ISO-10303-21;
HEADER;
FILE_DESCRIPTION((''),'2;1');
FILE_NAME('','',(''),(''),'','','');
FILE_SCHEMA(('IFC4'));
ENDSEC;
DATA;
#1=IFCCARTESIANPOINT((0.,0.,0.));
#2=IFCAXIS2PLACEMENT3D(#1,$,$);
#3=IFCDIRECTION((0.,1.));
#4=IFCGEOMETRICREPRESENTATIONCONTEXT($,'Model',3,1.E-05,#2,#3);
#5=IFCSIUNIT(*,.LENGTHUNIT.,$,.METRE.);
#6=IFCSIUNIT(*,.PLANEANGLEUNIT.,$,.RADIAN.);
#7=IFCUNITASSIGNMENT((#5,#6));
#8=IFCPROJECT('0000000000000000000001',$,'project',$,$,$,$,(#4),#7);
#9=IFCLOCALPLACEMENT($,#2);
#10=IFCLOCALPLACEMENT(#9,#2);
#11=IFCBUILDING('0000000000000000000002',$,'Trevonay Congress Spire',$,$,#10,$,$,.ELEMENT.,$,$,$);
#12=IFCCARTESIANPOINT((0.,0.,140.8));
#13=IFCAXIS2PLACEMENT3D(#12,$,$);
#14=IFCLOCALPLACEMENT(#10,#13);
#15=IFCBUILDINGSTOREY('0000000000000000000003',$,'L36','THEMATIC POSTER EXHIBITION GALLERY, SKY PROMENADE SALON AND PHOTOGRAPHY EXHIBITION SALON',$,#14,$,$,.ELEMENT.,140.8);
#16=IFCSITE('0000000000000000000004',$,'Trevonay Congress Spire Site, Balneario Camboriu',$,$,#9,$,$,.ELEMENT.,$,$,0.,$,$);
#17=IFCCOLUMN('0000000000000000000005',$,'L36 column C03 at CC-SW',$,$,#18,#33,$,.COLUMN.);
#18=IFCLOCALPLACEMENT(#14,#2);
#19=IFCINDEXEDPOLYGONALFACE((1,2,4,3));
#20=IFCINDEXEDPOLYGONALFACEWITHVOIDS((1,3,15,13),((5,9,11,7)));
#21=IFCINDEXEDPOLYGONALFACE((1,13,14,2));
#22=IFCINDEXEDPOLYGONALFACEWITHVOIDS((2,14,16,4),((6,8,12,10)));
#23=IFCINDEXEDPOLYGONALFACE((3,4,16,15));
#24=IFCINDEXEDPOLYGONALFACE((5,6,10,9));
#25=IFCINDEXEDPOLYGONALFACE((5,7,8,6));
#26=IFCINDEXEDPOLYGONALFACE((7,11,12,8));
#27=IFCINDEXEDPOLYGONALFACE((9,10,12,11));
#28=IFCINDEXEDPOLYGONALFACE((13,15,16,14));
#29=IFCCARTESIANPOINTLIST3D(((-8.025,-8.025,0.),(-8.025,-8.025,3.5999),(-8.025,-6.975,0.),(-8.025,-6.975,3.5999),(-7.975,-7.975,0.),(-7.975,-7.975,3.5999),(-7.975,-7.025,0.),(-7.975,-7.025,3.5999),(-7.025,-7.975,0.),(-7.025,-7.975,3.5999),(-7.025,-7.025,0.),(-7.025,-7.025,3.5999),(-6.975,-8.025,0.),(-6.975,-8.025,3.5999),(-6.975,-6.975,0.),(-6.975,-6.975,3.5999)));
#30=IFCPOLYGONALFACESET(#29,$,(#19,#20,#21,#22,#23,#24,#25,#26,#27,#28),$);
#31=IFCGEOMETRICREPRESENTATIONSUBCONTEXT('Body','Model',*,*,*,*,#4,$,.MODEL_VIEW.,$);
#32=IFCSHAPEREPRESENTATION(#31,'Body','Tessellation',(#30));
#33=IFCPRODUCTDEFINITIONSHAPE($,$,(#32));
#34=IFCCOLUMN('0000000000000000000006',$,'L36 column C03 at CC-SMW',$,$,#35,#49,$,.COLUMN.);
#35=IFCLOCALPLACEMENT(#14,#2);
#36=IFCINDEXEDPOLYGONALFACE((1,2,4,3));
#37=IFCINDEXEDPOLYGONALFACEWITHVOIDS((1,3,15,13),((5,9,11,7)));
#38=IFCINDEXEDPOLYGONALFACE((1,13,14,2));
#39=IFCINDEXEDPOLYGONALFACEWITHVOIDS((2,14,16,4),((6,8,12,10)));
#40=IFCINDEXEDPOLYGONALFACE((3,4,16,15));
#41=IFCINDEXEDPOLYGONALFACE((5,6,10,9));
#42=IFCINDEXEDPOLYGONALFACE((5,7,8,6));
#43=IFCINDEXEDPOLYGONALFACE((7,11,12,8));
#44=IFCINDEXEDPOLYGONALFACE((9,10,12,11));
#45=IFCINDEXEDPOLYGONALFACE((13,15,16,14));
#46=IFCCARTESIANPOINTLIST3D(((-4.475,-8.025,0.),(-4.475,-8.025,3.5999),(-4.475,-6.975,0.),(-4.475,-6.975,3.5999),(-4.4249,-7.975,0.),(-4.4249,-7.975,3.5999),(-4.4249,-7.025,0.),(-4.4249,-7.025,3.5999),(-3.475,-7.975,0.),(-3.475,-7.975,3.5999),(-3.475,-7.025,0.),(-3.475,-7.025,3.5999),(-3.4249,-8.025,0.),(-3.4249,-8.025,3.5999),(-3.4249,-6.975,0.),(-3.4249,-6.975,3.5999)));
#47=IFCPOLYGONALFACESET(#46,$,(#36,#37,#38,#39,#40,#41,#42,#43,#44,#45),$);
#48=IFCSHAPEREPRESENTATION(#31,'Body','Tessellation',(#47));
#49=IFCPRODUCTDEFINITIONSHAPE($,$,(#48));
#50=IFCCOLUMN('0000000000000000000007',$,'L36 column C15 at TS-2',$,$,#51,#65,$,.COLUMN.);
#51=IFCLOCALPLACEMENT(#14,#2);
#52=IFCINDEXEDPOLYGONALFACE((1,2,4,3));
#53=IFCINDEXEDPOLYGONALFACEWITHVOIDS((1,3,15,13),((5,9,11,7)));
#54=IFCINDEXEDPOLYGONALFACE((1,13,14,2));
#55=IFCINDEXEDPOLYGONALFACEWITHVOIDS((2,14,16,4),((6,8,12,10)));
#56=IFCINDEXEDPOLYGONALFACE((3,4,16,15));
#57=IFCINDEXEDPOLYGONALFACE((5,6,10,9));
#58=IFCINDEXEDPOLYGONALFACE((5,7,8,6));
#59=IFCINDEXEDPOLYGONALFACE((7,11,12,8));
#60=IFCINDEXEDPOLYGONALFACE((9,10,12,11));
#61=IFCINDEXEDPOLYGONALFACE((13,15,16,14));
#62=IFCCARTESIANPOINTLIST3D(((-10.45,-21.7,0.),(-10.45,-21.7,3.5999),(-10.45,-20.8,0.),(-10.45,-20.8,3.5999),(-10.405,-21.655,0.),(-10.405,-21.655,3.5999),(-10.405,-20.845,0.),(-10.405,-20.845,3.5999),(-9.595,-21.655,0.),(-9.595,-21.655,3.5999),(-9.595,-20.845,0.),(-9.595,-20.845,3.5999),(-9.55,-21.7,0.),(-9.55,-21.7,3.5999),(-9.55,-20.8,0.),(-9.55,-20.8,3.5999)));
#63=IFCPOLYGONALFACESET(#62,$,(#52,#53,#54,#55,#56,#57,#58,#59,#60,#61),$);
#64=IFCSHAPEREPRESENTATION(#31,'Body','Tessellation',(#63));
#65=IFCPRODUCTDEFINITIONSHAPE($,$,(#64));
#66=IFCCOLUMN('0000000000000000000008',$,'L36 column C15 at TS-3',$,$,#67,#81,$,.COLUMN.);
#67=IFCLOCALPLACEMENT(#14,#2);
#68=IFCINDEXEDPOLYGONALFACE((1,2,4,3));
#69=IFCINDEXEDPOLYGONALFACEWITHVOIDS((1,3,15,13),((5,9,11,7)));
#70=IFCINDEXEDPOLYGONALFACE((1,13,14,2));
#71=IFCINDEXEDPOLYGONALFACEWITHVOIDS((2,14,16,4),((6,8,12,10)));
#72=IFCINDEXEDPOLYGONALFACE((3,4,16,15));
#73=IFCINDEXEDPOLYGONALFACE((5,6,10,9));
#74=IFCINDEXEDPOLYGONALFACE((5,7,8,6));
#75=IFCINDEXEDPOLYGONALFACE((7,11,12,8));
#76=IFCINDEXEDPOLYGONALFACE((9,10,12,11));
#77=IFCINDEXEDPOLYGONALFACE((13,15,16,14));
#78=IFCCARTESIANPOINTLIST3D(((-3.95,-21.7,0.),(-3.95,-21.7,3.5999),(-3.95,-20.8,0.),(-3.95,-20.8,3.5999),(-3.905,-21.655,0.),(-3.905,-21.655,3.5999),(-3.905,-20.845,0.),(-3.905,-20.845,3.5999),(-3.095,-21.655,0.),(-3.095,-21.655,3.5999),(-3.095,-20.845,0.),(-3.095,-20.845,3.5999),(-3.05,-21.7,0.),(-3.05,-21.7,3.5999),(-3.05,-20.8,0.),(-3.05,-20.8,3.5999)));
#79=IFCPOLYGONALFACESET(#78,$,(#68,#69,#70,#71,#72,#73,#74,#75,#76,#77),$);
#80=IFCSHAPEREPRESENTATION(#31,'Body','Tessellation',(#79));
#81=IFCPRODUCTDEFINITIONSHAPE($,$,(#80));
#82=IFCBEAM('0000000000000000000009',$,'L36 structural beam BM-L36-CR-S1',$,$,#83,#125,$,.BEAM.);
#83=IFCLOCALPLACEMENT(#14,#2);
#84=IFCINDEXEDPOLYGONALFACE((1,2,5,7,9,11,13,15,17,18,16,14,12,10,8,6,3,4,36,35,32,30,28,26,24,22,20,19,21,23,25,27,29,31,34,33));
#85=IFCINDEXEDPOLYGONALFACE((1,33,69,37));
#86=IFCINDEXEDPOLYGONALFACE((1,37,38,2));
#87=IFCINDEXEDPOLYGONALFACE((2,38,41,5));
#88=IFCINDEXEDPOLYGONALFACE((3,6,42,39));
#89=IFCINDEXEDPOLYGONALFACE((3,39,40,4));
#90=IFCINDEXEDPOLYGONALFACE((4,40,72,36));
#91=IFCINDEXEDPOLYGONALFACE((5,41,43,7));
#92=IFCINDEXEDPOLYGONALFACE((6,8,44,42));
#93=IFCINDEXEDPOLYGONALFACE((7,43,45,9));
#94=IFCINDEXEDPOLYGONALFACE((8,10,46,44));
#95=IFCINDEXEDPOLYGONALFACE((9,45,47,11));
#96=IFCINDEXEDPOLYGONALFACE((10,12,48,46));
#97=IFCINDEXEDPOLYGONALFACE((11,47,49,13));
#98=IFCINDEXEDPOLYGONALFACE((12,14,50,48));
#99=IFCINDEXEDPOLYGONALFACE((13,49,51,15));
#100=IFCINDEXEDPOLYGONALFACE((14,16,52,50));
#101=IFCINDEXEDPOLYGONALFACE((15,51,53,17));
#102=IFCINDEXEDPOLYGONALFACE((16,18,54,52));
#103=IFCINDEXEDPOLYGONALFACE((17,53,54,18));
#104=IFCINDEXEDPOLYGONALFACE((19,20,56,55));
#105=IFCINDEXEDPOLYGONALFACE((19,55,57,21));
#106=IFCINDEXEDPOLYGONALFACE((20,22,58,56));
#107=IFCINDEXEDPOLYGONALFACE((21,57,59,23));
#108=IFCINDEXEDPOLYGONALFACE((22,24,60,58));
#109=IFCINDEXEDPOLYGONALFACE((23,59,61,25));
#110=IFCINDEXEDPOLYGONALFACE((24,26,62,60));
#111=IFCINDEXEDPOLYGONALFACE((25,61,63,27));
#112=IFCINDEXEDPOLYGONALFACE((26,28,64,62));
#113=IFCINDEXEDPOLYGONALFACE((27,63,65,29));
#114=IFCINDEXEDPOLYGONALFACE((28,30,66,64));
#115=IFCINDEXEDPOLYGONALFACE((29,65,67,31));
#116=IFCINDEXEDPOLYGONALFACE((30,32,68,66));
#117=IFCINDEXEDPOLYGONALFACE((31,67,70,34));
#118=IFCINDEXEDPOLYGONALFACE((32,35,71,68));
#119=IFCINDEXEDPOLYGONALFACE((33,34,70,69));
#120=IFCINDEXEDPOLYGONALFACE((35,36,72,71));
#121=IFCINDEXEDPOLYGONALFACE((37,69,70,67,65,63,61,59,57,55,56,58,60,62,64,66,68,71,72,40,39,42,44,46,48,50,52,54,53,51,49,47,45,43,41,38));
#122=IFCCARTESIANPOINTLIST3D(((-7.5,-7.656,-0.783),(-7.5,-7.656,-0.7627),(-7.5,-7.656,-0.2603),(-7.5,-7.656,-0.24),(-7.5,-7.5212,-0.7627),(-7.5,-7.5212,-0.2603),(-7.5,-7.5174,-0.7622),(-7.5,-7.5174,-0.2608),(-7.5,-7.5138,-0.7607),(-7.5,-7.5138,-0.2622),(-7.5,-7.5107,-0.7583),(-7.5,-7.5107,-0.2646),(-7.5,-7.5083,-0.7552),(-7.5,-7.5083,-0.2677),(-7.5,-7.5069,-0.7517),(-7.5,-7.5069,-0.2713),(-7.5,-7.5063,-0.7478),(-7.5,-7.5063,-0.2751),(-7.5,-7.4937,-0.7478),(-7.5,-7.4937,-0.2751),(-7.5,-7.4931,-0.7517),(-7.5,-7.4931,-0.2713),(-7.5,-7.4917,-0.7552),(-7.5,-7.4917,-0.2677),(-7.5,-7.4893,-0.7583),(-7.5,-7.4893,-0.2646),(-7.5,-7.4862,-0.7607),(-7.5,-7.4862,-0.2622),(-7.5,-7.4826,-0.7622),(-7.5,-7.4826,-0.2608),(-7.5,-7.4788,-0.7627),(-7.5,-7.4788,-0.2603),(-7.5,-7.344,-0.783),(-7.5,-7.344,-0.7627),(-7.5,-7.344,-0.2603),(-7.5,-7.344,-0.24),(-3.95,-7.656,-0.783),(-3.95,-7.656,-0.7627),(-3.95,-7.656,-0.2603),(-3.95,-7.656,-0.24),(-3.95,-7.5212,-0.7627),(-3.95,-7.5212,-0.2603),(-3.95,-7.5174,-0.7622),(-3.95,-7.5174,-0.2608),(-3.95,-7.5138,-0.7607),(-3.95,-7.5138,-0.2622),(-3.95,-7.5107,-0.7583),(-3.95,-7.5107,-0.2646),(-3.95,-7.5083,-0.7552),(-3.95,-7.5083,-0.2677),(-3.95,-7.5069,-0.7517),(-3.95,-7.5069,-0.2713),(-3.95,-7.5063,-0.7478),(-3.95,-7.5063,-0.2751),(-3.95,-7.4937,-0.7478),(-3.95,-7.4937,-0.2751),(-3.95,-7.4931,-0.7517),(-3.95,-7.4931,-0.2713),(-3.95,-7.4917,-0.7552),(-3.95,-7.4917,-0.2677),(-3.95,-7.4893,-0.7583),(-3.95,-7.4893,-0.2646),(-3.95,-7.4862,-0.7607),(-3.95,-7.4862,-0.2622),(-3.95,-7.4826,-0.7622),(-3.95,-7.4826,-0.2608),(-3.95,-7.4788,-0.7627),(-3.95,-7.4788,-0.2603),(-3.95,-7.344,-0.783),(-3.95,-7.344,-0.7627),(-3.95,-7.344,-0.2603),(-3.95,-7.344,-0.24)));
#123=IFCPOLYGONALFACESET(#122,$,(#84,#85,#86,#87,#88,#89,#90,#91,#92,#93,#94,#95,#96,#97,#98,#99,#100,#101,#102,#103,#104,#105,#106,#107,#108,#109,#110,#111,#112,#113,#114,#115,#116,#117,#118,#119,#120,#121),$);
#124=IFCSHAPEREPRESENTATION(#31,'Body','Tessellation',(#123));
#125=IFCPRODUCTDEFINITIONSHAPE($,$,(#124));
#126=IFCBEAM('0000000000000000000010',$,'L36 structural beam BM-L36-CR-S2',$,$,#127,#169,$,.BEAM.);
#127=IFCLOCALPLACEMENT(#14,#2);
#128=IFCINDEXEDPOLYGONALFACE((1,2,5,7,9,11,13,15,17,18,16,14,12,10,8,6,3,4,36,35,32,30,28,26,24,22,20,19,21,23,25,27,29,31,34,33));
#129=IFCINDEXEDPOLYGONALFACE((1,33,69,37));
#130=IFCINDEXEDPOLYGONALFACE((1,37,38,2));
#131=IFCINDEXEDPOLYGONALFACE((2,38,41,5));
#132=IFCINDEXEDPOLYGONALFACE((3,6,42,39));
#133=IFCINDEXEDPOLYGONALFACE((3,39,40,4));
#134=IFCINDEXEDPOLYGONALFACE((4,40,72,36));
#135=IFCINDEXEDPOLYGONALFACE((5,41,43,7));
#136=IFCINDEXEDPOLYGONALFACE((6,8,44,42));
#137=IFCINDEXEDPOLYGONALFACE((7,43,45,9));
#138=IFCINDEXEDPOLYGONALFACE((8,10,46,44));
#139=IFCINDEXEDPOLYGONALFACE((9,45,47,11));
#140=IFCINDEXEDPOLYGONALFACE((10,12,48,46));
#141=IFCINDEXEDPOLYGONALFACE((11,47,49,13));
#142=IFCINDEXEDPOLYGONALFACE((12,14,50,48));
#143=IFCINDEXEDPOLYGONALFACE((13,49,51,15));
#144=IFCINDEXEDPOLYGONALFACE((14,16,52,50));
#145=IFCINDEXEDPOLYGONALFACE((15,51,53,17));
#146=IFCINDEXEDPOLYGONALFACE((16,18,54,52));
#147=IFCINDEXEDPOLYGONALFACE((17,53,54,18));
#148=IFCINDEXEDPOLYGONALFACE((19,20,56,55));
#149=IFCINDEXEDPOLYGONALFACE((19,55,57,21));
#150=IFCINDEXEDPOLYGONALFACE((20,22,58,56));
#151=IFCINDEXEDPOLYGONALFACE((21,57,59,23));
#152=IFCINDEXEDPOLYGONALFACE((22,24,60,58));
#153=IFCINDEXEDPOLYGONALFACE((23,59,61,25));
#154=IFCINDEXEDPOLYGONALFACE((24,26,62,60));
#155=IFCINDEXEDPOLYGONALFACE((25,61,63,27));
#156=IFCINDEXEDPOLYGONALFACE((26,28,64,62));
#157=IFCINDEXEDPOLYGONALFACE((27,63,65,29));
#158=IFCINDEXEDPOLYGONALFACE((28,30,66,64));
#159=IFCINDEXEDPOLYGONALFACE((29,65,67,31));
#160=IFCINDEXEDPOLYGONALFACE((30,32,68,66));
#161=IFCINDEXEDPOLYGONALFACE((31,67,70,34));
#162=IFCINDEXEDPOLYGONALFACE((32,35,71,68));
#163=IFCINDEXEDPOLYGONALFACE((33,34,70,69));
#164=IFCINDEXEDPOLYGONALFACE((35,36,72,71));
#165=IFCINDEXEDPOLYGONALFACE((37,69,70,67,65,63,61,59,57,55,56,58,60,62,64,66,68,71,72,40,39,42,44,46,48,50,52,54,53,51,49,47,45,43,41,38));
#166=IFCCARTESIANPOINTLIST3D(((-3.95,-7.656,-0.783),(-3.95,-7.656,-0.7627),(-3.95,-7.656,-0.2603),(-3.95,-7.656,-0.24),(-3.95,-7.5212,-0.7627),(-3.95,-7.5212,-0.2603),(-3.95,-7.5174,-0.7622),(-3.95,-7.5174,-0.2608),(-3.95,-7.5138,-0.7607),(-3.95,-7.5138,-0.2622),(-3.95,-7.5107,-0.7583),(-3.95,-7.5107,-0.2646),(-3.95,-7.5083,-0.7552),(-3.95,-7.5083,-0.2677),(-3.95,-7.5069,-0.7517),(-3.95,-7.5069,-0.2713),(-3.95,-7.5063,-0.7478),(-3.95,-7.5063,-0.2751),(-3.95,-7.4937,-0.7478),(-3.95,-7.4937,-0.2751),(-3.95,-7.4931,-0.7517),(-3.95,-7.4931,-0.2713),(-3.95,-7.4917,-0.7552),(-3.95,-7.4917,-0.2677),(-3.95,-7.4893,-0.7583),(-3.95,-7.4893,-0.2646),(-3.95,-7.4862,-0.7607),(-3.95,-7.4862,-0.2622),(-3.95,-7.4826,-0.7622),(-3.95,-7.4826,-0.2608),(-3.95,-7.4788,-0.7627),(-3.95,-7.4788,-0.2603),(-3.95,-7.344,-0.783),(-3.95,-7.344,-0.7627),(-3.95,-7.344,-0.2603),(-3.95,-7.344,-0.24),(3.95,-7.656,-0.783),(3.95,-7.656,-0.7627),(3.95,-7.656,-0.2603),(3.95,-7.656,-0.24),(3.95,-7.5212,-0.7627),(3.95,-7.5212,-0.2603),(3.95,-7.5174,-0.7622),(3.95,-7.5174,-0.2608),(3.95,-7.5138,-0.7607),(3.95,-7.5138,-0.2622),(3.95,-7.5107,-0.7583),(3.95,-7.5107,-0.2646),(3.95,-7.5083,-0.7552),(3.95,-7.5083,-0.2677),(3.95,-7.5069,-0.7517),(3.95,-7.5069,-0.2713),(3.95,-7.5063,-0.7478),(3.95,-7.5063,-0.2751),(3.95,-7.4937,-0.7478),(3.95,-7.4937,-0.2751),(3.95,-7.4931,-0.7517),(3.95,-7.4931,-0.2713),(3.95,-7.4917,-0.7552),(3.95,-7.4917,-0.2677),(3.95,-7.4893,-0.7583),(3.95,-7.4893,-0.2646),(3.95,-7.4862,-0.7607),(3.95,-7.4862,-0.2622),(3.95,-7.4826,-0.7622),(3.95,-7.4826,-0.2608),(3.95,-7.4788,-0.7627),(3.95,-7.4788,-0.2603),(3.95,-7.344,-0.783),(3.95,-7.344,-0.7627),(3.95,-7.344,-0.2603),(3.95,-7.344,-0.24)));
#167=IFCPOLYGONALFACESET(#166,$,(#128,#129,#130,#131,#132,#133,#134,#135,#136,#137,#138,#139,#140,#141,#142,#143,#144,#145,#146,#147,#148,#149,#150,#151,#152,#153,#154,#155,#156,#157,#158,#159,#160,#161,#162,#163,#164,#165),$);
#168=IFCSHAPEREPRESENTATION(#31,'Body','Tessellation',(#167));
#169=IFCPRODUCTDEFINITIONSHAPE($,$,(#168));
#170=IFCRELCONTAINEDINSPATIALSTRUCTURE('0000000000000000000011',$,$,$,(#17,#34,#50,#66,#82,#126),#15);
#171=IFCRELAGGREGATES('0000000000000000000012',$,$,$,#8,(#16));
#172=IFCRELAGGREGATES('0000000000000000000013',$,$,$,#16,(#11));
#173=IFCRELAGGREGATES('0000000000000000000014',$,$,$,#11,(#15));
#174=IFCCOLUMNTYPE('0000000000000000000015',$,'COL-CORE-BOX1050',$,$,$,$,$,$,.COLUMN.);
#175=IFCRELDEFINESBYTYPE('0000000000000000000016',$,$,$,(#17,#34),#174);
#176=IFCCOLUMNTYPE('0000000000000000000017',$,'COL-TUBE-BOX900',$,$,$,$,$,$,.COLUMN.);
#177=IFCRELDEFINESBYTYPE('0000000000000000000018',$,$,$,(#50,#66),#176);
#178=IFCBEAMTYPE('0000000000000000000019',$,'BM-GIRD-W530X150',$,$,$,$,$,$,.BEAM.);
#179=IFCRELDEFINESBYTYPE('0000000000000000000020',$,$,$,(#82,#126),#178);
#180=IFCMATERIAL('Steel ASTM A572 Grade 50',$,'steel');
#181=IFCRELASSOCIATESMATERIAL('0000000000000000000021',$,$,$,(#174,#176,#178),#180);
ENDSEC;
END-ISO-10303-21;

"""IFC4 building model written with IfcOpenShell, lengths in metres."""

from ifc_helpers import new_model, si_unit, direction, frame, origin, origin_2d, place, context, subcontext, project, spatial, hollow_rectangle, i_section, extrude, material, material_profile, profile_set, type_object, element, save


model = new_model("IFC4")

# Units and contexts
model_context = context("Model", 3, precision=1e-05, world=origin(), true_north=direction((0.0, 1.0)))
body_context = subcontext(model_context, "Body", "Model", "MODEL_VIEW")
ifc_project = project(units=[si_unit("LENGTHUNIT", "METRE"), si_unit("PLANEANGLEUNIT", "RADIAN")], contexts=[model_context])

# Site, building, storey
site_placement = place(None, origin())
site = spatial("IfcSite", under=ifc_project, at=site_placement, Name="Trevonay Congress Spire Site, Balneario Camboriu", CompositionType="ELEMENT", RefElevation=0.0)
building_placement = place(site_placement, origin())
building = spatial("IfcBuilding", under=site, at=building_placement, Name="Trevonay Congress Spire", CompositionType="ELEMENT")
storey_placement = place(building_placement, frame((0.0, 0.0, 140.8)))
storey = spatial("IfcBuildingStorey", under=building, at=storey_placement, Name="L36", Description="THEMATIC POSTER EXHIBITION GALLERY, SKY PROMENADE SALON AND PHOTOGRAPHY EXHIBITION SALON", CompositionType="ELEMENT", Elevation=140.8)

# Columns
ifc_material_1 = material(Name="Steel ASTM A572 Grade 50", Category="steel")
ifc_material_profile_1 = material_profile(ifc_material_1, hollow_rectangle(XDim=1.05, YDim=1.05, WallThickness=0.05, at=origin_2d()), Name="BOX 1050x1050x50")
ifc_profile_set_1 = profile_set([ifc_material_profile_1], Name="Steel ASTM A572 Grade 50")
column_type_1 = type_object("IfcColumnType", Name="COL-CORE-BOX1050", PredefinedType="COLUMN", material=ifc_profile_set_1)
for number, where, z_axis, x_axis, name in (
    (1, (-7.5, -7.5, 0.0), (0.0, 0.0, 1.0), (1.0, 0.0, 0.0), "L36 column C03 at CC-SW"),
    (2, (-3.95, -7.5, 0.0), (0.0, 0.0, 1.0), (1.0, 0.0, 0.0), "L36 column C03 at CC-SMW"),
):
    element("IfcColumn", number, at=place(storey_placement, frame(where, z_axis=z_axis, x_axis=x_axis)), inside=storey, type_object=column_type_1, Name=name, PredefinedType="COLUMN", context=body_context, shape_type="SweptSolid", body=[
        extrude(hollow_rectangle(XDim=1.05, YDim=1.05, WallThickness=0.05, at=origin_2d()), origin(), (0.0, 0.0, 1.0), 3.5999),
    ])
ifc_material_profile_2 = material_profile(ifc_material_1, hollow_rectangle(XDim=0.8999, YDim=0.8999, WallThickness=0.0449, at=origin_2d()), Name="BOX 900x900x45")
ifc_profile_set_2 = profile_set([ifc_material_profile_2], Name="Steel ASTM A572 Grade 50")
column_type_2 = type_object("IfcColumnType", Name="COL-TUBE-BOX900", PredefinedType="COLUMN", material=ifc_profile_set_2)
for number, where, z_axis, x_axis, name in (
    (3, (-10.0, -21.25, 0.0), (0.0, 0.0, 1.0), (1.0, 0.0, 0.0), "L36 column C15 at TS-2"),
    (4, (-3.5, -21.25, 0.0), (0.0, 0.0, 1.0), (1.0, 0.0, 0.0), "L36 column C15 at TS-3"),
):
    element("IfcColumn", number, at=place(storey_placement, frame(where, z_axis=z_axis, x_axis=x_axis)), inside=storey, type_object=column_type_2, Name=name, PredefinedType="COLUMN", context=body_context, shape_type="SweptSolid", body=[
        extrude(hollow_rectangle(XDim=0.8999, YDim=0.8999, WallThickness=0.0449, at=origin_2d()), origin(), (0.0, 0.0, 1.0), 3.5999),
    ])

# Beams
ifc_material_profile_3 = material_profile(ifc_material_1, i_section(OverallWidth=0.312, OverallDepth=0.543, WebThickness=0.0127, FlangeThickness=0.0203, FilletRadius=0.0149, at=origin_2d()), Name="W530x150")
ifc_profile_set_3 = profile_set([ifc_material_profile_3], Name="Steel ASTM A572 Grade 50")
beam_type_1 = type_object("IfcBeamType", Name="BM-GIRD-W530X150", PredefinedType="BEAM", material=ifc_profile_set_3)
beam_1_placement = place(storey_placement, frame((-7.5, -7.5, -0.5115), z_axis=(1.0, 0.0, 0.0), x_axis=(0.0, 1.0, 0.0)))
element("IfcBeam", 5, at=beam_1_placement, inside=storey, type_object=beam_type_1, Name="L36 structural beam BM-L36-CR-S1", PredefinedType="BEAM", context=body_context, shape_type="SweptSolid", body=[
    extrude(i_section(OverallWidth=0.312, OverallDepth=0.543, WebThickness=0.0127, FlangeThickness=0.0203, FilletRadius=0.0149, at=origin_2d()), origin(), (0.0, 0.0, 1.0), 3.55),
])
beam_2_placement = place(storey_placement, frame((-3.95, -7.5, -0.5115), z_axis=(1.0, 0.0, 0.0), x_axis=(0.0, 1.0, 0.0)))
element("IfcBeam", 6, at=beam_2_placement, inside=storey, type_object=beam_type_1, Name="L36 structural beam BM-L36-CR-S2", PredefinedType="BEAM", context=body_context, shape_type="SweptSolid", body=[
    extrude(i_section(OverallWidth=0.312, OverallDepth=0.543, WebThickness=0.0127, FlangeThickness=0.0203, FilletRadius=0.0149, at=origin_2d()), origin(), (0.0, 0.0, 1.0), 7.8999),
])

save(model, "model.ifc")
